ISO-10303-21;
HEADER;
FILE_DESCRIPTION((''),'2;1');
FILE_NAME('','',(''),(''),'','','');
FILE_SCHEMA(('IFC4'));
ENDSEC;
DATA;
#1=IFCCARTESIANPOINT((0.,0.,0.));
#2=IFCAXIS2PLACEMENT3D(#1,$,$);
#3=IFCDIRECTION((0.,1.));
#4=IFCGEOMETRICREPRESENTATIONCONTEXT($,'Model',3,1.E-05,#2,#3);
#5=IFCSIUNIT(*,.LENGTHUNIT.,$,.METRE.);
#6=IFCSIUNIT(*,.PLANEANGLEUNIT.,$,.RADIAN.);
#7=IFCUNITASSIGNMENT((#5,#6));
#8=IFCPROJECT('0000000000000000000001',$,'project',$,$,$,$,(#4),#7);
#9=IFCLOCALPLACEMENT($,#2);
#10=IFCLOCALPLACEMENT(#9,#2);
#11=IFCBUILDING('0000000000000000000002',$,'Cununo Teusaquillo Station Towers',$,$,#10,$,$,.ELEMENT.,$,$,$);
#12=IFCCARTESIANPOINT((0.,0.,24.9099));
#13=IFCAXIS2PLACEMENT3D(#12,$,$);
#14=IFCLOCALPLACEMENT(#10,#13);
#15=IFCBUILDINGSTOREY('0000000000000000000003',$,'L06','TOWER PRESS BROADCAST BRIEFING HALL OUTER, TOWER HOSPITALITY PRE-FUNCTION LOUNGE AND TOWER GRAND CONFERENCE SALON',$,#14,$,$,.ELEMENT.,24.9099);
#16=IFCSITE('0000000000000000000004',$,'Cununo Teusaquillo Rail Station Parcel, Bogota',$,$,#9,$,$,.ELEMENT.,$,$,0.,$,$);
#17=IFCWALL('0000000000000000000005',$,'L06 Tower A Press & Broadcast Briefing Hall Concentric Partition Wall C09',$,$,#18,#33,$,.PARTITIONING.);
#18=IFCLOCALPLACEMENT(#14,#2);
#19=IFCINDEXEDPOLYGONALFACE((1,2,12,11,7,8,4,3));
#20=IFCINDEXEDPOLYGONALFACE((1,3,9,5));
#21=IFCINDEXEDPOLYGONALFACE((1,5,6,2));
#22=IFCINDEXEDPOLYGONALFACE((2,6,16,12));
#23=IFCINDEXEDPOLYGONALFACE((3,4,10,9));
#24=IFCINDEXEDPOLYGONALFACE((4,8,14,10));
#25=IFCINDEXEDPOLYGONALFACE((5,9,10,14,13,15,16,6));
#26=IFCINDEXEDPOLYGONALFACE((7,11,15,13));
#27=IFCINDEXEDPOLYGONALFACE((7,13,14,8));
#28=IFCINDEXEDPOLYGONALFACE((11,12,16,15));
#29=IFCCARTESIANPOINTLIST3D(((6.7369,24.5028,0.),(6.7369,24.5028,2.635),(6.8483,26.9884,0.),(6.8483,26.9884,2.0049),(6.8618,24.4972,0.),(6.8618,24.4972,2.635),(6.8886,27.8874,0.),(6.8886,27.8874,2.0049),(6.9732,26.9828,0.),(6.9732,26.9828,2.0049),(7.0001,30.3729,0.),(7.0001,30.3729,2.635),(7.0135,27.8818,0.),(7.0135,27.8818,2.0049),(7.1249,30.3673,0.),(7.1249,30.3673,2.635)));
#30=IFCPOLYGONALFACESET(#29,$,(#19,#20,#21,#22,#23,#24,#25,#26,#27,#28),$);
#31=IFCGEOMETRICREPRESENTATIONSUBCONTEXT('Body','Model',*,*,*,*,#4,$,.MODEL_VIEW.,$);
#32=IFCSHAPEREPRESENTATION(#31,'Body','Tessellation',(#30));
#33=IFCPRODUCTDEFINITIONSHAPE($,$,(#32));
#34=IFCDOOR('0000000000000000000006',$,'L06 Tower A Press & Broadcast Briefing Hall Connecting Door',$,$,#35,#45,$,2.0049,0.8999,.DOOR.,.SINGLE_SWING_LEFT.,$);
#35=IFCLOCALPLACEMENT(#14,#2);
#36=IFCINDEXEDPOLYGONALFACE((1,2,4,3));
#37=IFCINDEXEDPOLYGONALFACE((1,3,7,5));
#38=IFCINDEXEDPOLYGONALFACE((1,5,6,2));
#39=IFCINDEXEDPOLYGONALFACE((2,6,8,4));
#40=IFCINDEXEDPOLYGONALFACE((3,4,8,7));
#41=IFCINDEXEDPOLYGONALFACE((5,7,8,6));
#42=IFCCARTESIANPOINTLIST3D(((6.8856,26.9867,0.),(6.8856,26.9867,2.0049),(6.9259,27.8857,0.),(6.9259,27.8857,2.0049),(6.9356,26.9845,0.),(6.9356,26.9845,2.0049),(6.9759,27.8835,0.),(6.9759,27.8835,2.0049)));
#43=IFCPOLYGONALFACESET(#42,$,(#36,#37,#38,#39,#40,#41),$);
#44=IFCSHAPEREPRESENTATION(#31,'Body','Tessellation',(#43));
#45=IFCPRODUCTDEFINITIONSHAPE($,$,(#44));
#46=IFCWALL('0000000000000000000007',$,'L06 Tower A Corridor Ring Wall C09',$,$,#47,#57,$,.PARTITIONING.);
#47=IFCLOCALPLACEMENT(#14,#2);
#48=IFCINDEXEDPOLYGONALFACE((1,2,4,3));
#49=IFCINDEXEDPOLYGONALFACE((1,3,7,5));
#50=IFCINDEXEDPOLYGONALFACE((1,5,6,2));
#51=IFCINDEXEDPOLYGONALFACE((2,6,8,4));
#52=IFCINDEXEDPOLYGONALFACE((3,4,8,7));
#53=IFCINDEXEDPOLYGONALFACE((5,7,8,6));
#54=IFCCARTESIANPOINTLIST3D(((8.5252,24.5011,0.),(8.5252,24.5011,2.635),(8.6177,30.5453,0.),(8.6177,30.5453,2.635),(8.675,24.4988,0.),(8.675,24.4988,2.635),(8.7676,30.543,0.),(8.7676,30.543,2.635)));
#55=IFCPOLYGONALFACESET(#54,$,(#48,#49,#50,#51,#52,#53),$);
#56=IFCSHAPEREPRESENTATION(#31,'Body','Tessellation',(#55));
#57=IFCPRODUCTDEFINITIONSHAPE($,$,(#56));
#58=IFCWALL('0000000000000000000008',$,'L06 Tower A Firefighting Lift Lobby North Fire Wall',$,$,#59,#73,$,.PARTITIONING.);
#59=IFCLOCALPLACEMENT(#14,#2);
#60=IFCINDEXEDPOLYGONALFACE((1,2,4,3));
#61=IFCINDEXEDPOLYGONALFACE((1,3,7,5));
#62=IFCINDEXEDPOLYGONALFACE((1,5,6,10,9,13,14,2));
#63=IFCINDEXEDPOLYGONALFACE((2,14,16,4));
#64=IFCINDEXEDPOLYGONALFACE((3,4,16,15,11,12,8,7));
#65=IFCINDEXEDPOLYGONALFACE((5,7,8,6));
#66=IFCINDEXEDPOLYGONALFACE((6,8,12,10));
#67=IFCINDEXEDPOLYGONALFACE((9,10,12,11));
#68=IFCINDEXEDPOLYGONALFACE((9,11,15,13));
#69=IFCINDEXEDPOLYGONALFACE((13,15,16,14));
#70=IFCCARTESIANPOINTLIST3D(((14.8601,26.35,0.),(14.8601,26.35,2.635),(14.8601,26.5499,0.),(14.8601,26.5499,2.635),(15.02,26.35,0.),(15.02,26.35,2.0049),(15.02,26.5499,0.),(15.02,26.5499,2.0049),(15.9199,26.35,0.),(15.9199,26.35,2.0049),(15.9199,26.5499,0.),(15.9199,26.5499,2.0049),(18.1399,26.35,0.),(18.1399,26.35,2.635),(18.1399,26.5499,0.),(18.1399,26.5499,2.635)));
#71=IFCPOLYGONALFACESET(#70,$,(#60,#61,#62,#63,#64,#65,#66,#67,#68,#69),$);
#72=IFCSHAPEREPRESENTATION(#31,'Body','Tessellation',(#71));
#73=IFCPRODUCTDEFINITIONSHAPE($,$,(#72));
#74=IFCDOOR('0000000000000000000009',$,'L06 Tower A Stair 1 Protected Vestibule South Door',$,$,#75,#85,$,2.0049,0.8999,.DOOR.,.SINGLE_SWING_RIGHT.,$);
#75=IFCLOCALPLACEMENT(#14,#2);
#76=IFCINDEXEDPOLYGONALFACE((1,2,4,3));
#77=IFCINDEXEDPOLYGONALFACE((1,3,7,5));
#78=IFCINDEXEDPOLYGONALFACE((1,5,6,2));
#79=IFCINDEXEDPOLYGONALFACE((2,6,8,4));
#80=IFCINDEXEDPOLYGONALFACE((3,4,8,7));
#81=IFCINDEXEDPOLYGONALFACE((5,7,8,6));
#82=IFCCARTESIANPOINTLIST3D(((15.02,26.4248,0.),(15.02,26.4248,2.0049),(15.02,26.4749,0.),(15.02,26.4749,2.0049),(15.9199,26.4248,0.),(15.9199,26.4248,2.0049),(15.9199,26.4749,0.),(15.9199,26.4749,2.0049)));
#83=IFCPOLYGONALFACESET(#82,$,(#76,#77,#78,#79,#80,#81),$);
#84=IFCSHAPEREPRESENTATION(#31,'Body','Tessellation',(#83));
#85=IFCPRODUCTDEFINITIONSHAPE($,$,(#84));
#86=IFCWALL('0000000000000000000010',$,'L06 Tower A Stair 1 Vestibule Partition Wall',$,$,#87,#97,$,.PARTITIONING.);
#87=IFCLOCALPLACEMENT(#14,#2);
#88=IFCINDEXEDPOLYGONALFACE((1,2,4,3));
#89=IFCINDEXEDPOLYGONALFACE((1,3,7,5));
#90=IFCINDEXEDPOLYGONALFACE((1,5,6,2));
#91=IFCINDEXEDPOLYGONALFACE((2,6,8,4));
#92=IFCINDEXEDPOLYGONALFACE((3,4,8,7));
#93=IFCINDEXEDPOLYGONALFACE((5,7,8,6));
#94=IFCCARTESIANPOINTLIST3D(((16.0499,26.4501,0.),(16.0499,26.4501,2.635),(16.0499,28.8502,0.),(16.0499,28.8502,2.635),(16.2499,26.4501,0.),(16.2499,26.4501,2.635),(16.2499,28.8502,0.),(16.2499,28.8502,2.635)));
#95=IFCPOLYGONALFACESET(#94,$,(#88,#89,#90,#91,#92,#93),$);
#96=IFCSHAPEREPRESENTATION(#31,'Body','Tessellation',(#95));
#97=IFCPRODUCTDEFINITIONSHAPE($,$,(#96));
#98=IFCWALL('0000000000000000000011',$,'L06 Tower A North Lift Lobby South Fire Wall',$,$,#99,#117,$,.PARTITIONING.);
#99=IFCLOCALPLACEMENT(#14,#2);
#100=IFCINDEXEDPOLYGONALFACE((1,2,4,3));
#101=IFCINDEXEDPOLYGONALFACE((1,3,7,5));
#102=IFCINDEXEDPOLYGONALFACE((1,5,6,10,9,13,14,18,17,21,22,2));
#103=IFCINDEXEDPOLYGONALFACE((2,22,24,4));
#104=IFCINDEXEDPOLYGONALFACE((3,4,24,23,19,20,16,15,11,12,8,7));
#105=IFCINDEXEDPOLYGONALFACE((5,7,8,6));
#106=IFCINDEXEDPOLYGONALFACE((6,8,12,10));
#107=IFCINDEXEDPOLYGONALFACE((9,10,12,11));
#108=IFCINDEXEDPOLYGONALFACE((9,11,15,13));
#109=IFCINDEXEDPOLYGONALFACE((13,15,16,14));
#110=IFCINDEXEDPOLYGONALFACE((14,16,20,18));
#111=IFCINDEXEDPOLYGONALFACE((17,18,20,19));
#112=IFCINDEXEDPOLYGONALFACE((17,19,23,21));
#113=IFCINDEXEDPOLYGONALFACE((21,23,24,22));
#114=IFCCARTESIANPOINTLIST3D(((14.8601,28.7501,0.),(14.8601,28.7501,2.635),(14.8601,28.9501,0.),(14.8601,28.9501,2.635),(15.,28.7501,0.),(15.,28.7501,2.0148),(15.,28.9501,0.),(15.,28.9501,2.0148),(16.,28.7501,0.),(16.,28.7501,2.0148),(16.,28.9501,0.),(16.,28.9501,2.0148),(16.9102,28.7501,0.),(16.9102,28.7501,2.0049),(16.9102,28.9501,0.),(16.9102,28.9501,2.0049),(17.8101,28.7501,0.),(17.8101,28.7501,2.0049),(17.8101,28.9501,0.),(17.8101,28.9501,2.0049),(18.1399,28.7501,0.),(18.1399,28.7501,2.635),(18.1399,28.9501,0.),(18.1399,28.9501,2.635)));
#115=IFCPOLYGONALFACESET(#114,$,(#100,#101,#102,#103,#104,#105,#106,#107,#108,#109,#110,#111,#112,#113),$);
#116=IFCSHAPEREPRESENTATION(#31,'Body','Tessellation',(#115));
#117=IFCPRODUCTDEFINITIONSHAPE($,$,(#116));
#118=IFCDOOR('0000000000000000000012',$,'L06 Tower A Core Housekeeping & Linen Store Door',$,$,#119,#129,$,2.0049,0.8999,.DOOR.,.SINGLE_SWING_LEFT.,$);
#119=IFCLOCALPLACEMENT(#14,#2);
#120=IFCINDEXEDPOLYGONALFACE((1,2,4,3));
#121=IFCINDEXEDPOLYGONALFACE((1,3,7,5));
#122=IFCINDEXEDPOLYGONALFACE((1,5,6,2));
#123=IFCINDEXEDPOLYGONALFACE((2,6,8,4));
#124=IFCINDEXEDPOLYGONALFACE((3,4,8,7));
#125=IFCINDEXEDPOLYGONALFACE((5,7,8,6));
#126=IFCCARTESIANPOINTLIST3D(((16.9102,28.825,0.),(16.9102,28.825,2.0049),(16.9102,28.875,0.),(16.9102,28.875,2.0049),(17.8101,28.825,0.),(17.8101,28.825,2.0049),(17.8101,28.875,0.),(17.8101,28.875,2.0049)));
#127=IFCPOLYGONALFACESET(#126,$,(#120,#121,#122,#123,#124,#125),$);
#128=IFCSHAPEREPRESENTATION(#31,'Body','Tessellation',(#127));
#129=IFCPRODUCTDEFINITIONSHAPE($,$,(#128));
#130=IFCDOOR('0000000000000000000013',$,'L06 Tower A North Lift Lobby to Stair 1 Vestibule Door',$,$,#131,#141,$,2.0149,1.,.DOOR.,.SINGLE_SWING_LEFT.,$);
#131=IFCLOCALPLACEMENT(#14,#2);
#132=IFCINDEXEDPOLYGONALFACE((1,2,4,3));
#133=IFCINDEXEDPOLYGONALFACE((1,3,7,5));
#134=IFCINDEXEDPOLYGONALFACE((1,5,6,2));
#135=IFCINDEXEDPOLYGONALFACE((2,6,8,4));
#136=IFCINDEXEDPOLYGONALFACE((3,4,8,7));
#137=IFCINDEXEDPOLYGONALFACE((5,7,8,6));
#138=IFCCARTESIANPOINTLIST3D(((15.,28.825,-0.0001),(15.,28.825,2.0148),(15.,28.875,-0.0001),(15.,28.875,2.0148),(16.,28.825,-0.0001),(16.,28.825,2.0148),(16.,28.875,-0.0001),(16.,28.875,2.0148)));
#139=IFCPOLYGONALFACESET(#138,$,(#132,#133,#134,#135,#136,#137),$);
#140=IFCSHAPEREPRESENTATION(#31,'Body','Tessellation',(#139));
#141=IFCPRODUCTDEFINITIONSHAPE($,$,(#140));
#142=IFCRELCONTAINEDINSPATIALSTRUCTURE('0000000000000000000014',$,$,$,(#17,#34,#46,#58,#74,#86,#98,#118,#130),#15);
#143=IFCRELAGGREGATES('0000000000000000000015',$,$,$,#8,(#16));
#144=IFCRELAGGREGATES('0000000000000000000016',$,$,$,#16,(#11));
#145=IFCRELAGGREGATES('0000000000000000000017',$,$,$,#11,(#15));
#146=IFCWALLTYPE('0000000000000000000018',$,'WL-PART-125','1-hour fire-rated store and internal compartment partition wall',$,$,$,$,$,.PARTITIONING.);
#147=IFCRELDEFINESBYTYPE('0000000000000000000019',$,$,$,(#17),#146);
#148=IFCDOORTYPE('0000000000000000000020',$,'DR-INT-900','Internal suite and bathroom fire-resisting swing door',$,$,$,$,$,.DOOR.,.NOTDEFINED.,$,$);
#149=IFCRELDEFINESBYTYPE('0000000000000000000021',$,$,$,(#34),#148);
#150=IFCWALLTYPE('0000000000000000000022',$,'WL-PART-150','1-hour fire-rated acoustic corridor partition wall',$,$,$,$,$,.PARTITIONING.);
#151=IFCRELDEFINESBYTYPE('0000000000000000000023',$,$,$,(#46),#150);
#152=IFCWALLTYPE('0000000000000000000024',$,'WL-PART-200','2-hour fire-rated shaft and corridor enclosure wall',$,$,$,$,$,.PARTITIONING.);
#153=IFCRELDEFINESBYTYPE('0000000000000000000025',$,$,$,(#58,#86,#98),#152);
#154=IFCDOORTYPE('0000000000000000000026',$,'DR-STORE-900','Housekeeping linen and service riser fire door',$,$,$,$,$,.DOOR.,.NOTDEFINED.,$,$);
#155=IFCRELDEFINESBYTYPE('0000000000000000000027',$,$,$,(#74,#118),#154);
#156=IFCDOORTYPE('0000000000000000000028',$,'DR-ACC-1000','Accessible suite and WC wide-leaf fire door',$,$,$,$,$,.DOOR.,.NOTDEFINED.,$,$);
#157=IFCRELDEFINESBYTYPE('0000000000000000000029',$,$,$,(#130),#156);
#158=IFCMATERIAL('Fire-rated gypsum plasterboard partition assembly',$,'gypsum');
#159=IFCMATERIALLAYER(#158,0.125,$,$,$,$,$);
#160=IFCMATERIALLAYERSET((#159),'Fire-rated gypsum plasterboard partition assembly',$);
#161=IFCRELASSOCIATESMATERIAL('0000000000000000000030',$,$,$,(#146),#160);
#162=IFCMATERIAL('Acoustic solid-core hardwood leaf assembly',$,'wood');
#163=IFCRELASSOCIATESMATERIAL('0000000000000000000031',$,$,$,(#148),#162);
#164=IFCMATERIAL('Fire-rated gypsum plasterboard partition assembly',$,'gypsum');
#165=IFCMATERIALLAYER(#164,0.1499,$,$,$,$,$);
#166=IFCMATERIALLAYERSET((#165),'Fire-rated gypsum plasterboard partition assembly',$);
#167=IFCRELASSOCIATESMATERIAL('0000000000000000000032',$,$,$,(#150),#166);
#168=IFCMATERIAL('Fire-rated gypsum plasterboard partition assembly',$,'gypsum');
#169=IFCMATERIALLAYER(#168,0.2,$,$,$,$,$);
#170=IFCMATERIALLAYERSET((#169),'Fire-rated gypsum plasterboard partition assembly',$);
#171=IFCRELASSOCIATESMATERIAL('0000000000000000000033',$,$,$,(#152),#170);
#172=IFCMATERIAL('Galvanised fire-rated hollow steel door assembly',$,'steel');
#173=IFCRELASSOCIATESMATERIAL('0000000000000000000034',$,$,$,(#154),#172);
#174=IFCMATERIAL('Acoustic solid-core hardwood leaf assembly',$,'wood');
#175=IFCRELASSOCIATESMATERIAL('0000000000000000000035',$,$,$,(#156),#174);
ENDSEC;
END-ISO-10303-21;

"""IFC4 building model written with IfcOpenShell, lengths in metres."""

from ifc_helpers import new_model, si_unit, direction, frame, frame_2d, origin, place, context, subcontext, project, spatial, rectangle, extrude, source, transform, mapped, material, layer, layer_set, type_object, element, fill, save


model = new_model("IFC4")

# Units and contexts
model_context = context("Model", 3, precision=1e-05, world=origin(), true_north=direction((0.0, 1.0)))
body_context = subcontext(model_context, "Body", "Model", "MODEL_VIEW")
ifc_project = project(units=[si_unit("LENGTHUNIT", "METRE"), si_unit("PLANEANGLEUNIT", "RADIAN")], contexts=[model_context])

# Site, building, storey
site_placement = place(None, origin())
site = spatial("IfcSite", under=ifc_project, at=site_placement, Name="Cununo Teusaquillo Rail Station Parcel, Bogota", CompositionType="ELEMENT", RefElevation=0.0)
building_placement = place(site_placement, origin())
building = spatial("IfcBuilding", under=site, at=building_placement, Name="Cununo Teusaquillo Station Towers", CompositionType="ELEMENT")
storey_placement = place(building_placement, frame((0.0, 0.0, 24.9099)))
storey = spatial("IfcBuildingStorey", under=building, at=storey_placement, Name="L06", Description="TOWER PRESS BROADCAST BRIEFING HALL OUTER, TOWER HOSPITALITY PRE-FUNCTION LOUNGE AND TOWER GRAND CONFERENCE SALON", CompositionType="ELEMENT", Elevation=24.9099)

# Wall, opening, door
ifc_material_1 = material(Name="Fire-rated gypsum plasterboard partition assembly", Category="gypsum")
ifc_layer_1 = layer(ifc_material_1, 0.125)
ifc_layer_set_1 = layer_set([ifc_layer_1], Name="Fire-rated gypsum plasterboard partition assembly")
wall_type_1 = type_object("IfcWallType", Name="WL-PART-125", Description="1-hour fire-rated store and internal compartment partition wall", PredefinedType="PARTITIONING", material=ifc_layer_set_1)
wall_1_placement = place(storey_placement, frame((7.0625, 30.3701, 0.0), z_axis=(0.0, 0.0, 1.0), x_axis=(-0.044789, -0.998996, 0.0)))
wall_1 = element("IfcWall", 1, at=wall_1_placement, inside=storey, type_object=wall_type_1, Name="L06 Tower A Press & Broadcast Briefing Hall Concentric Partition Wall C09", PredefinedType="PARTITIONING", context=body_context, shape_type="SweptSolid", body=[
    extrude(rectangle(XDim=5.876, YDim=0.125, at=frame_2d((2.938, 0.0))), origin(), (0.0, 0.0, 1.0), 2.635),
])
shared_shape_1 = source(origin(), body_context, "Body", "SweptSolid", [
    extrude(rectangle(XDim=0.8999, YDim=2.0049, at=frame_2d((0.45, 1.0024))), frame((0.0, 0.0725, 0.0), z_axis=(0.0, -1.0, 0.0), x_axis=(1.0, 0.0, 0.0)), (0.0, 0.0, 1.0), 0.145),
])
opening_1_placement = place(wall_1_placement, frame((2.488, 0.0, 0.0)))
opening_1 = element("IfcOpeningElement", 2, at=opening_1_placement, cuts=wall_1, PredefinedType="OPENING", context=body_context, shape_type="MappedRepresentation", body=[
    mapped(shared_shape_1, transform((0.0, 0.0, 0.0), x_axis=(1.0, 0.0, 0.0), y_axis=(0.0, 1.0, 0.0), z_axis=(0.0, 0.0, 1.0), scale=1.0)),
])
ifc_material_2 = material(Name="Acoustic solid-core hardwood leaf assembly", Category="wood")
door_type_1 = type_object("IfcDoorType", Name="DR-INT-900", Description="Internal suite and bathroom fire-resisting swing door", OperationType="NOTDEFINED", PredefinedType="DOOR", material=ifc_material_2)
shared_shape_2 = source(origin(), body_context, "Body", "SweptSolid", [
    extrude(rectangle(XDim=0.8999, YDim=2.0049, at=frame_2d((0.45, 1.0024))), frame((0.0, 0.0249, 0.0), z_axis=(0.0, -1.0, 0.0), x_axis=(1.0, 0.0, 0.0)), (0.0, 0.0, 1.0), 0.05),
])
door_1_placement = place(opening_1_placement, origin())
door_1 = element("IfcDoor", 3, at=door_1_placement, inside=storey, type_object=door_type_1, Name="L06 Tower A Press & Broadcast Briefing Hall Connecting Door", OperationType="SINGLE_SWING_LEFT", OverallHeight=2.0049, OverallWidth=0.8999, PredefinedType="DOOR", context=body_context, shape_type="MappedRepresentation", body=[
    mapped(shared_shape_2, transform((0.0, 0.0, 0.0), x_axis=(1.0, 0.0, 0.0), y_axis=(0.0, 1.0, 0.0), z_axis=(0.0, 0.0, 1.0), scale=1.0)),
])
fill(opening_1, door_1)

# Wall
ifc_material_3 = material(Name="Fire-rated gypsum plasterboard partition assembly", Category="gypsum")
ifc_layer_2 = layer(ifc_material_3, 0.1499)
ifc_layer_set_2 = layer_set([ifc_layer_2], Name="Fire-rated gypsum plasterboard partition assembly")
wall_type_2 = type_object("IfcWallType", Name="WL-PART-150", Description="1-hour fire-rated acoustic corridor partition wall", PredefinedType="PARTITIONING", material=ifc_layer_set_2)
wall_2_placement = place(storey_placement, frame((8.6926, 30.5442, 0.0), z_axis=(0.0, 0.0, 1.0), x_axis=(-0.015307, -0.999883, 0.0)))
element("IfcWall", 4, at=wall_2_placement, inside=storey, type_object=wall_type_2, Name="L06 Tower A Corridor Ring Wall C09", PredefinedType="PARTITIONING", context=body_context, shape_type="SweptSolid", body=[
    extrude(rectangle(XDim=6.0449, YDim=0.1499, at=frame_2d((3.0225, 0.0))), origin(), (0.0, 0.0, 1.0), 2.635),
])

# Wall, opening, door
ifc_material_4 = material(Name="Fire-rated gypsum plasterboard partition assembly", Category="gypsum")
ifc_layer_3 = layer(ifc_material_4, 0.2)
ifc_layer_set_3 = layer_set([ifc_layer_3], Name="Fire-rated gypsum plasterboard partition assembly")
wall_type_3 = type_object("IfcWallType", Name="WL-PART-200", Description="2-hour fire-rated shaft and corridor enclosure wall", PredefinedType="PARTITIONING", material=ifc_layer_set_3)
wall_3_placement = place(storey_placement, frame((14.8601, 26.45, 0.0), z_axis=(0.0, 0.0, 1.0), x_axis=(1.0, 0.0, 0.0)))
wall_3 = element("IfcWall", 5, at=wall_3_placement, inside=storey, type_object=wall_type_3, Name="L06 Tower A Firefighting Lift Lobby North Fire Wall", PredefinedType="PARTITIONING", context=body_context, shape_type="SweptSolid", body=[
    extrude(rectangle(XDim=3.2798, YDim=0.2, at=frame_2d((1.6399, 0.0))), origin(), (0.0, 0.0, 1.0), 2.635),
])
shared_shape_3 = source(origin(), body_context, "Body", "SweptSolid", [
    extrude(rectangle(XDim=0.8999, YDim=2.0049, at=frame_2d((0.45, 1.0024))), frame((0.0, 0.1099, 0.0), z_axis=(0.0, -1.0, 0.0), x_axis=(1.0, 0.0, 0.0)), (0.0, 0.0, 1.0), 0.22),
])
opening_2_placement = place(wall_3_placement, frame((0.1599, 0.0, 0.0)))
opening_2 = element("IfcOpeningElement", 6, at=opening_2_placement, cuts=wall_3, PredefinedType="OPENING", context=body_context, shape_type="MappedRepresentation", body=[
    mapped(shared_shape_3, transform((0.0, 0.0, 0.0), x_axis=(1.0, 0.0, 0.0), y_axis=(0.0, 1.0, 0.0), z_axis=(0.0, 0.0, 1.0), scale=1.0)),
])
ifc_material_5 = material(Name="Galvanised fire-rated hollow steel door assembly", Category="steel")
door_type_2 = type_object("IfcDoorType", Name="DR-STORE-900", Description="Housekeeping linen and service riser fire door", OperationType="NOTDEFINED", PredefinedType="DOOR", material=ifc_material_5)
door_2_placement = place(opening_2_placement, origin())
door_2 = element("IfcDoor", 7, at=door_2_placement, inside=storey, type_object=door_type_2, Name="L06 Tower A Stair 1 Protected Vestibule South Door", OperationType="SINGLE_SWING_RIGHT", OverallHeight=2.0049, OverallWidth=0.8999, PredefinedType="DOOR", context=body_context, shape_type="MappedRepresentation", body=[
    mapped(shared_shape_2, transform((0.0, 0.0, 0.0), x_axis=(1.0, 0.0, 0.0), y_axis=(0.0, 1.0, 0.0), z_axis=(0.0, 0.0, 1.0), scale=1.0)),
])
fill(opening_2, door_2)

# Wall
wall_4_placement = place(storey_placement, frame((16.1499, 26.45, 0.0), z_axis=(0.0, 0.0, 1.0), x_axis=(0.0, 1.0, 0.0)))
element("IfcWall", 8, at=wall_4_placement, inside=storey, type_object=wall_type_3, Name="L06 Tower A Stair 1 Vestibule Partition Wall", PredefinedType="PARTITIONING", context=body_context, shape_type="SweptSolid", body=[
    extrude(rectangle(XDim=2.4001, YDim=0.2, at=frame_2d((1.2002, 0.0))), origin(), (0.0, 0.0, 1.0), 2.635),
])

# Wall, openings, doors
wall_5_placement = place(storey_placement, frame((14.8601, 28.8501, 0.0), z_axis=(0.0, 0.0, 1.0), x_axis=(1.0, 0.0, 0.0)))
wall_5 = element("IfcWall", 9, at=wall_5_placement, inside=storey, type_object=wall_type_3, Name="L06 Tower A North Lift Lobby South Fire Wall", PredefinedType="PARTITIONING", context=body_context, shape_type="SweptSolid", body=[
    extrude(rectangle(XDim=3.2798, YDim=0.2, at=frame_2d((1.6399, 0.0))), origin(), (0.0, 0.0, 1.0), 2.635),
])
shared_shape_4 = source(origin(), body_context, "Body", "SweptSolid", [
    extrude(rectangle(XDim=1.0, YDim=2.0149, at=frame_2d((0.5, 1.0073))), frame((0.0, 0.1099, 0.0), z_axis=(0.0, -1.0, 0.0), x_axis=(1.0, 0.0, 0.0)), (0.0, 0.0, 1.0), 0.22),
])
opening_3_placement = place(wall_5_placement, frame((0.1399, 0.0, 0.0)))
opening_3 = element("IfcOpeningElement", 10, at=opening_3_placement, cuts=wall_5, PredefinedType="OPENING", context=body_context, shape_type="MappedRepresentation", body=[
    mapped(shared_shape_4, transform((0.0, 0.0, 0.0), x_axis=(1.0, 0.0, 0.0), y_axis=(0.0, 1.0, 0.0), z_axis=(0.0, 0.0, 1.0), scale=1.0)),
])
opening_4_placement = place(wall_5_placement, frame((2.05, 0.0, 0.0)))
opening_4 = element("IfcOpeningElement", 11, at=opening_4_placement, cuts=wall_5, PredefinedType="OPENING", context=body_context, shape_type="MappedRepresentation", body=[
    mapped(shared_shape_3, transform((0.0, 0.0, 0.0), x_axis=(1.0, 0.0, 0.0), y_axis=(0.0, 1.0, 0.0), z_axis=(0.0, 0.0, 1.0), scale=1.0)),
])
door_3_placement = place(opening_4_placement, origin())
door_3 = element("IfcDoor", 12, at=door_3_placement, inside=storey, type_object=door_type_2, Name="L06 Tower A Core Housekeeping & Linen Store Door", OperationType="SINGLE_SWING_LEFT", OverallHeight=2.0049, OverallWidth=0.8999, PredefinedType="DOOR", context=body_context, shape_type="MappedRepresentation", body=[
    mapped(shared_shape_2, transform((0.0, 0.0, 0.0), x_axis=(1.0, 0.0, 0.0), y_axis=(0.0, 1.0, 0.0), z_axis=(0.0, 0.0, 1.0), scale=1.0)),
])
fill(opening_4, door_3)
ifc_material_6 = material(Name="Acoustic solid-core hardwood leaf assembly", Category="wood")
door_type_3 = type_object("IfcDoorType", Name="DR-ACC-1000", Description="Accessible suite and WC wide-leaf fire door", OperationType="NOTDEFINED", PredefinedType="DOOR", material=ifc_material_6)
shared_shape_5 = source(origin(), body_context, "Body", "SweptSolid", [
    extrude(rectangle(XDim=1.0, YDim=2.0149, at=frame_2d((0.5, 1.0073))), frame((0.0, 0.0249, 0.0), z_axis=(0.0, -1.0, 0.0), x_axis=(1.0, 0.0, 0.0)), (0.0, 0.0, 1.0), 0.05),
])
door_4_placement = place(opening_3_placement, origin())
door_4 = element("IfcDoor", 13, at=door_4_placement, inside=storey, type_object=door_type_3, Name="L06 Tower A North Lift Lobby to Stair 1 Vestibule Door", OperationType="SINGLE_SWING_LEFT", OverallHeight=2.0149, OverallWidth=1.0, PredefinedType="DOOR", context=body_context, shape_type="MappedRepresentation", body=[
    mapped(shared_shape_5, transform((0.0, 0.0, 0.0), x_axis=(1.0, 0.0, 0.0), y_axis=(0.0, 1.0, 0.0), z_axis=(0.0, 0.0, 1.0), scale=1.0)),
])
fill(opening_3, door_4)

save(model, "model.ifc")
